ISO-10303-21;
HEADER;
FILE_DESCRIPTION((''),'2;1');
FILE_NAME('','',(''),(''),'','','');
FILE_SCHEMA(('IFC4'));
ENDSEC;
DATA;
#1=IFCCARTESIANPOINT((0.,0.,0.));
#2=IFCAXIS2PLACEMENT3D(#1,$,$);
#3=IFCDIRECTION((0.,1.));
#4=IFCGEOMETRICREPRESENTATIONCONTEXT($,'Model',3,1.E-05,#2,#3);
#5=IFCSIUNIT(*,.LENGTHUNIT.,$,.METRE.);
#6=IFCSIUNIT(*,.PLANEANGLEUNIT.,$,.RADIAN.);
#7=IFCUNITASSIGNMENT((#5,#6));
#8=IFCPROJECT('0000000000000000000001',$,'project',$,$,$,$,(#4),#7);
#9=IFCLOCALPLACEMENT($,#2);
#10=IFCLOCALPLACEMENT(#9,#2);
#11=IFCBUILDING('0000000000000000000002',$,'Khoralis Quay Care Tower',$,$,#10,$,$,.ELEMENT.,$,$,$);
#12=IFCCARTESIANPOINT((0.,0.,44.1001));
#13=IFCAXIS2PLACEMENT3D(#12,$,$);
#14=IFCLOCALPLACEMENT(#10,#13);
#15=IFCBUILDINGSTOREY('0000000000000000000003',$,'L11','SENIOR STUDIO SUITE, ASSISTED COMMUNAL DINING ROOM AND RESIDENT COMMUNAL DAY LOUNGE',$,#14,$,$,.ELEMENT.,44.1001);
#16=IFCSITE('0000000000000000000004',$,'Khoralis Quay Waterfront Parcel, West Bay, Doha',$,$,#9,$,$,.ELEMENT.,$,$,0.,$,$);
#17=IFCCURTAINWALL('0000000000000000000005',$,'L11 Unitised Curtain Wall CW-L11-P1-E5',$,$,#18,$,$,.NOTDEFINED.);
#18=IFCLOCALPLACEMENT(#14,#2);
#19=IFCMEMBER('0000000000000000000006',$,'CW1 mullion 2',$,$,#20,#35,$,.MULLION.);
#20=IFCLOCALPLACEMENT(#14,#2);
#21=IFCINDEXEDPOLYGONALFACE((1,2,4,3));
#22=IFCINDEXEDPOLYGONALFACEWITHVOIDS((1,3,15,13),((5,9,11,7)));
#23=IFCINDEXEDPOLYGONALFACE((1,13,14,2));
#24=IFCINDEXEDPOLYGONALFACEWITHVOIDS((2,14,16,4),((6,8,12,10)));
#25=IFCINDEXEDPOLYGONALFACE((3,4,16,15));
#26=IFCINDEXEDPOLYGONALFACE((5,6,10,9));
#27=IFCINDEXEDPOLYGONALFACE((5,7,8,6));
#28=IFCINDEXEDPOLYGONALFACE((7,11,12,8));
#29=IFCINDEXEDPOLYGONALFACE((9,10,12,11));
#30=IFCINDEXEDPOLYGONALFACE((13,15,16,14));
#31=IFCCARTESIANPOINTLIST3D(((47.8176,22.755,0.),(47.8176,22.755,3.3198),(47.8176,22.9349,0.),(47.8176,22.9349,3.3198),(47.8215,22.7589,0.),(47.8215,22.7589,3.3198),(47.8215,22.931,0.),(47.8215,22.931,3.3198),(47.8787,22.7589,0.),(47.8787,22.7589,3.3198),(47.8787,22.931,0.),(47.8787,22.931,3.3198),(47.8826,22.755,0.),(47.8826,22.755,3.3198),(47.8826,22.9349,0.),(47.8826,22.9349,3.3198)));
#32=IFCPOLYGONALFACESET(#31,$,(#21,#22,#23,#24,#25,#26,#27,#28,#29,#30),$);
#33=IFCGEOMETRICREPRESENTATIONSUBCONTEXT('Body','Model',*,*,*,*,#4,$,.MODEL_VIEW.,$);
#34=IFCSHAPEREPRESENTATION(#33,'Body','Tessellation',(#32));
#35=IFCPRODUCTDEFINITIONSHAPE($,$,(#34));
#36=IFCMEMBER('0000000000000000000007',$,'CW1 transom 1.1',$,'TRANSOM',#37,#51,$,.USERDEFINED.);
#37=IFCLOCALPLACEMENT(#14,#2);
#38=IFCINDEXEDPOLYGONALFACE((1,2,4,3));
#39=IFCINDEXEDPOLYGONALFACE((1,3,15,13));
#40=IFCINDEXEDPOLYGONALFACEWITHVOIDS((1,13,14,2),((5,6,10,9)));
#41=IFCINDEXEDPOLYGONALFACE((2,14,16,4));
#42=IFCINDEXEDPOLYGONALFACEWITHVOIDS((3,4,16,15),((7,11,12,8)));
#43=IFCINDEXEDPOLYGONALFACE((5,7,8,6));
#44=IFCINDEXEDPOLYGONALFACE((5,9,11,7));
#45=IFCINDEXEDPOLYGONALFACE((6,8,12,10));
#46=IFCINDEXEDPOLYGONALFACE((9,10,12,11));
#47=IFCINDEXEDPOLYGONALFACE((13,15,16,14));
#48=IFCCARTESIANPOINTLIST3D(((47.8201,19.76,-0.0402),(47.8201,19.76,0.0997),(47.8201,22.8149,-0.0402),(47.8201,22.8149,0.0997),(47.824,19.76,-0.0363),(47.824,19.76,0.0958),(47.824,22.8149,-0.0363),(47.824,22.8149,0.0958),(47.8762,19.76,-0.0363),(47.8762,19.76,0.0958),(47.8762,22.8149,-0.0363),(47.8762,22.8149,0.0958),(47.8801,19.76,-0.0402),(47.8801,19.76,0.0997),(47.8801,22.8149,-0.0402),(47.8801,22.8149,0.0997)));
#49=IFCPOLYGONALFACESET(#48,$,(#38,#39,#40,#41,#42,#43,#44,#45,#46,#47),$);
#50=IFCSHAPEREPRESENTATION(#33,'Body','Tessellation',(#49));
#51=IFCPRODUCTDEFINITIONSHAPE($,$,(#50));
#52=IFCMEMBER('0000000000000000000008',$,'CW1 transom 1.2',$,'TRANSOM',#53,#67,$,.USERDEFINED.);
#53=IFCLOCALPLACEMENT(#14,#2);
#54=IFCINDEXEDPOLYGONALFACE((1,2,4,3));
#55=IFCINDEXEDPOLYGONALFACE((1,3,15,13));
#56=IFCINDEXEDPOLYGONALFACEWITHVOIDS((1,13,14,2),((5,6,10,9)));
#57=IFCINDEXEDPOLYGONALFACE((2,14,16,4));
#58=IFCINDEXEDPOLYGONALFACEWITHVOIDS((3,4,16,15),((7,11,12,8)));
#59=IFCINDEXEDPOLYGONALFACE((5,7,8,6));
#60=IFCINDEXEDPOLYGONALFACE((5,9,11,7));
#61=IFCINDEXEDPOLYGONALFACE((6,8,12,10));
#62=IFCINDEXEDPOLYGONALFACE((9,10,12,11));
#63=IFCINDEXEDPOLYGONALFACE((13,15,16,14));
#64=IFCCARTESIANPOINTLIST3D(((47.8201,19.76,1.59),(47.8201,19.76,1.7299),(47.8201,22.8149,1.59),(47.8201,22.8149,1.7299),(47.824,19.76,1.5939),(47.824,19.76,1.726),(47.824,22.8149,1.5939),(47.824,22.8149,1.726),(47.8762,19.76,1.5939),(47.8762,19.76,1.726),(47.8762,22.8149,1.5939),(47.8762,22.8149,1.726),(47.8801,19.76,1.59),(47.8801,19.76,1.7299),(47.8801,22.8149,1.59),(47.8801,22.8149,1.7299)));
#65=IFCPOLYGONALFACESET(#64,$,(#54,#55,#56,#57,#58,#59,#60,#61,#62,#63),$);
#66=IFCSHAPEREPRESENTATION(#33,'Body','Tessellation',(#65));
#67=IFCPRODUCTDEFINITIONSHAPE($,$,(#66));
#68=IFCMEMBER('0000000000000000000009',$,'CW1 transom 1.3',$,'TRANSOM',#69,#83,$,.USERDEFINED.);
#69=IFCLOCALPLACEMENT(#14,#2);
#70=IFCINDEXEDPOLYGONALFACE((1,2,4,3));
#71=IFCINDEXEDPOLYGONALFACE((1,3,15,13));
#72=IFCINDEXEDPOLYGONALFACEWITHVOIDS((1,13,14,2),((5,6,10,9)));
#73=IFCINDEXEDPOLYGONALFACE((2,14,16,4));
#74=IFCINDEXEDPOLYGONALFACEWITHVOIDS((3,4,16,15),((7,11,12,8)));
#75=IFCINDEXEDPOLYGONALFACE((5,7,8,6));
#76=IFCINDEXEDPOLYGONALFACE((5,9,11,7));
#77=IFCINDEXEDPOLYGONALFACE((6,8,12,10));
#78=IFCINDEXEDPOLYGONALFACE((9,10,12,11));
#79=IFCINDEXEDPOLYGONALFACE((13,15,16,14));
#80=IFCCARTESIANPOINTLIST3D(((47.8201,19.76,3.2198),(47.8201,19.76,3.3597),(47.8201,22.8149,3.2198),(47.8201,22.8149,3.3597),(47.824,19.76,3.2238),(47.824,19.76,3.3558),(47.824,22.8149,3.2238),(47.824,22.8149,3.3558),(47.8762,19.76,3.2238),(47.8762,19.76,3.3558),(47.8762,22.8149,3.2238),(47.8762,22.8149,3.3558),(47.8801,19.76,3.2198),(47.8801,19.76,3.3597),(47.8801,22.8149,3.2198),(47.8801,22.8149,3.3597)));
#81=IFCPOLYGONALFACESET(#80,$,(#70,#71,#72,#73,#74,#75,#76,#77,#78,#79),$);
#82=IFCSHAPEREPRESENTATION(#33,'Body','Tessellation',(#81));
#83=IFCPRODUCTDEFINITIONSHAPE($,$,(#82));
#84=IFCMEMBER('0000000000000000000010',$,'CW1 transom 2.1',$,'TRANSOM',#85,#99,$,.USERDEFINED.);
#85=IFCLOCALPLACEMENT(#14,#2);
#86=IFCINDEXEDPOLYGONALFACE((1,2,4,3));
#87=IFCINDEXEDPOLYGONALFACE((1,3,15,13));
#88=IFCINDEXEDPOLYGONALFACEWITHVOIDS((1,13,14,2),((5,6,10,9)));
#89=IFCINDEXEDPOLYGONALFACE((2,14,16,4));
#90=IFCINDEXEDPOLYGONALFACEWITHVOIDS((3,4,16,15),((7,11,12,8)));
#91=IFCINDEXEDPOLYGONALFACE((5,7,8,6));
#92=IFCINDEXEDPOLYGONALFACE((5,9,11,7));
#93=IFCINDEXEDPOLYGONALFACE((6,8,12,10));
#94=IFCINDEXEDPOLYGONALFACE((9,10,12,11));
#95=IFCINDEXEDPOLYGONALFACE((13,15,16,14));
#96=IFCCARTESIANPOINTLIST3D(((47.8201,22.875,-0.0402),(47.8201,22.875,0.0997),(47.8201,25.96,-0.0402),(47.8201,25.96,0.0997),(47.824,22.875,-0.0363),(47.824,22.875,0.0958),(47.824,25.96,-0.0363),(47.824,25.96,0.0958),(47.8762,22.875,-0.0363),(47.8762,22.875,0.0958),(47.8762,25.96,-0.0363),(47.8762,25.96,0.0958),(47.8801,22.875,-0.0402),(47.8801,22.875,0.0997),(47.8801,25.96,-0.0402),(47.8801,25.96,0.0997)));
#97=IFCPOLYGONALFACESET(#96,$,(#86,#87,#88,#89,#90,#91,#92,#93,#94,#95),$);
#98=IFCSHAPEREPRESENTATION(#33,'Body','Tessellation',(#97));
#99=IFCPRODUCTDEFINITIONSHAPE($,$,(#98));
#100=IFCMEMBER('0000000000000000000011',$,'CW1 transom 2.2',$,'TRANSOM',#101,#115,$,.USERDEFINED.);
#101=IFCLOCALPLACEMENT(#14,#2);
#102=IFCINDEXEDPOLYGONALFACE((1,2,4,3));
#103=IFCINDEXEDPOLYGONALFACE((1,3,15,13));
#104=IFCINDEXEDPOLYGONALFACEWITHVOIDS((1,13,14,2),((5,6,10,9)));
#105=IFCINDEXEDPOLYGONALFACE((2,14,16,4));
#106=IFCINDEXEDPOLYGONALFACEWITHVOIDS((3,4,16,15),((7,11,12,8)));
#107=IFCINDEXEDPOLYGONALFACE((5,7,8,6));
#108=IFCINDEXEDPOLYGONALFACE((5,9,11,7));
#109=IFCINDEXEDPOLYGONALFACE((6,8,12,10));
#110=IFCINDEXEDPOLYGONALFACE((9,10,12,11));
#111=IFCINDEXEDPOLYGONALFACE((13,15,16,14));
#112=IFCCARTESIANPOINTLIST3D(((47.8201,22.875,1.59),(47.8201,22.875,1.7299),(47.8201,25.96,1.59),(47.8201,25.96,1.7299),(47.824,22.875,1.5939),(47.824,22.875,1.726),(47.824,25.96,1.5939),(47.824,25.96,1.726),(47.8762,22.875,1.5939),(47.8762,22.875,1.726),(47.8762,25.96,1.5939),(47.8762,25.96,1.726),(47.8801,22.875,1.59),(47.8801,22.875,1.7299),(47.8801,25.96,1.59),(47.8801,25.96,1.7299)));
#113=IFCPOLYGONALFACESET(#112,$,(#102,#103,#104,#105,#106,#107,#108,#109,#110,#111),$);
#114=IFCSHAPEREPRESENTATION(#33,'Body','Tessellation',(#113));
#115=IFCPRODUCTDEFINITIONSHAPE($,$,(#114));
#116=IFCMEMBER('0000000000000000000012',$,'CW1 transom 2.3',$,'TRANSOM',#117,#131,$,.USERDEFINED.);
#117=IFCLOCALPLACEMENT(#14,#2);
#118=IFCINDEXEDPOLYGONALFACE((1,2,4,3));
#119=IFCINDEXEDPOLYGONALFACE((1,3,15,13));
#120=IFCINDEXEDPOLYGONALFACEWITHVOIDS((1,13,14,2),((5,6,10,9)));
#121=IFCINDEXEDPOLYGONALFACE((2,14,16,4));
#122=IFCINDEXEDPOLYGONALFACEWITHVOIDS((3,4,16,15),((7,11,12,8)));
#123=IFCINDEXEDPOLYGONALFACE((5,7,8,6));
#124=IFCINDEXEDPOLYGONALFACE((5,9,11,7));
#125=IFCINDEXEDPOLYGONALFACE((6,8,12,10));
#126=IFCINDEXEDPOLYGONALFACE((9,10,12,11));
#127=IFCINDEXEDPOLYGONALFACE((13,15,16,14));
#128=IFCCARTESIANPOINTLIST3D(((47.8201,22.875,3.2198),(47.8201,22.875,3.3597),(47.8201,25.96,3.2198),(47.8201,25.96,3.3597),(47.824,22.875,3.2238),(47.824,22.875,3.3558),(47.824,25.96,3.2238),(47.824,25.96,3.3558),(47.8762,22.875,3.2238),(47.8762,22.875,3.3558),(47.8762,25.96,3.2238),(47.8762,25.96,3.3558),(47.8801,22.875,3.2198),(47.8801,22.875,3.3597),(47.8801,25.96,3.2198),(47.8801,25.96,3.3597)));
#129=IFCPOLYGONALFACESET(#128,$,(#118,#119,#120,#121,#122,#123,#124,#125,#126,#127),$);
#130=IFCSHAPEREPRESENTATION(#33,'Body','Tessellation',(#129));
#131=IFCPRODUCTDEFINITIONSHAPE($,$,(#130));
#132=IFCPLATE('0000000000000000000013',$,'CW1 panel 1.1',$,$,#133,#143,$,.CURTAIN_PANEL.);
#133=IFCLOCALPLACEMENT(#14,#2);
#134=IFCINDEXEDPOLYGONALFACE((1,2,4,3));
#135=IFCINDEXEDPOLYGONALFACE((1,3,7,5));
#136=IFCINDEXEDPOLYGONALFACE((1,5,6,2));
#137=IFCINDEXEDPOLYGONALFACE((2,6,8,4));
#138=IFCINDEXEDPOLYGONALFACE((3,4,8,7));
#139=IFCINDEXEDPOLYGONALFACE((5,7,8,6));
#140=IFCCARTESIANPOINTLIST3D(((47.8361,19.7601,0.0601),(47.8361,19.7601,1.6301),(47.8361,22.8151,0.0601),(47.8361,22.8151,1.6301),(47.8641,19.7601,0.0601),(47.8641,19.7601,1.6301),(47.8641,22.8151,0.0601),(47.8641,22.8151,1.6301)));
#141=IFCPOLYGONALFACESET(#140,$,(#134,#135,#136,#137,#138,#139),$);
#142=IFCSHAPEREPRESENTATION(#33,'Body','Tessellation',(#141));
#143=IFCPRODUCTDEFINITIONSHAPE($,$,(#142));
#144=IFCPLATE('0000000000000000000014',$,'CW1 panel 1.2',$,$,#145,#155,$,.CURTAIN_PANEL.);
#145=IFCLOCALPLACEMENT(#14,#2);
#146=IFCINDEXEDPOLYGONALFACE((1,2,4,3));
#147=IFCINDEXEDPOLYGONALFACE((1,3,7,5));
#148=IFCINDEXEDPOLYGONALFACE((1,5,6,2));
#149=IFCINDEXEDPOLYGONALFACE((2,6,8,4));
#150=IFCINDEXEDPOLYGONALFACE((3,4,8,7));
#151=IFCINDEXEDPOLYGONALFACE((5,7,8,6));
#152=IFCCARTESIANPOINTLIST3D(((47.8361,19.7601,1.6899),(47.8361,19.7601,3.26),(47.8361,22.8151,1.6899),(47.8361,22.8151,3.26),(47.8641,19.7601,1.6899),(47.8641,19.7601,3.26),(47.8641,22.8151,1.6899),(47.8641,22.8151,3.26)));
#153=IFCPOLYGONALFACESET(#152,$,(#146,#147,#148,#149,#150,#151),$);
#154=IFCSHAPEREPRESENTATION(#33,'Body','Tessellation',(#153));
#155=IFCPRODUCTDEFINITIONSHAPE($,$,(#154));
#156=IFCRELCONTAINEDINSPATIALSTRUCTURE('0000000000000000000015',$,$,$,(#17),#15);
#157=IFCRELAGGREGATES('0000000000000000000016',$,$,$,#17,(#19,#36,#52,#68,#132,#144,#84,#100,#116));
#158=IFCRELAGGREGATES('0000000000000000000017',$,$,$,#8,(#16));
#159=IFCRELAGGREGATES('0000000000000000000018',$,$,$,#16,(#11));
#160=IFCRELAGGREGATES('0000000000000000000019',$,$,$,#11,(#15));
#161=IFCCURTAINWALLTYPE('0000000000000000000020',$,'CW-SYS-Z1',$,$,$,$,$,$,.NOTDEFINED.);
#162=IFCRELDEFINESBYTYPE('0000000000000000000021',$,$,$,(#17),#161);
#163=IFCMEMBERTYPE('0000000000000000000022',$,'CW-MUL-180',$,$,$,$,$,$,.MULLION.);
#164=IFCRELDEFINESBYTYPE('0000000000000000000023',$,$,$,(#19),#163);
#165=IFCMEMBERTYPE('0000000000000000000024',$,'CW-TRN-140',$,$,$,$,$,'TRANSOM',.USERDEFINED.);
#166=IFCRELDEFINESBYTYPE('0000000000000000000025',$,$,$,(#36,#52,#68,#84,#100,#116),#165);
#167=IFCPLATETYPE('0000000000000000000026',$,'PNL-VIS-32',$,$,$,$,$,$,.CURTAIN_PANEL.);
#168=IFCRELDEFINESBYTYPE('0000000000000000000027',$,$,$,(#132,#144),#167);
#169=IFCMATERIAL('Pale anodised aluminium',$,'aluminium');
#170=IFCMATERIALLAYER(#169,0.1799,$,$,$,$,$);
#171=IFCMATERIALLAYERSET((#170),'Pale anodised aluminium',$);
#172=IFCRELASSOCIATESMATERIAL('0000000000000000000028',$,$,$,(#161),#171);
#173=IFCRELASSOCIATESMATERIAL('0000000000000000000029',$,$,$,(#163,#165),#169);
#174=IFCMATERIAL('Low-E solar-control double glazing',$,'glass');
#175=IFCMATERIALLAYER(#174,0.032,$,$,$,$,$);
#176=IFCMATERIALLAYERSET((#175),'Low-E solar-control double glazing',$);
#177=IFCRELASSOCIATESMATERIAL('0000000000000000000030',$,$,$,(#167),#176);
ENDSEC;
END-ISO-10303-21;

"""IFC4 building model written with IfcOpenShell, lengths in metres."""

from ifc_helpers import new_model, si_unit, direction, frame, origin, origin_2d, place, context, subcontext, project, spatial, rectangle, hollow_rectangle, extrude, source, transform, mapped, material, layer, layer_set, material_profile, profile_set, type_object, element, aggregate, save


model = new_model("IFC4")

# Units and contexts
model_context = context("Model", 3, precision=1e-05, world=origin(), true_north=direction((0.0, 1.0)))
body_context = subcontext(model_context, "Body", "Model", "MODEL_VIEW")
ifc_project = project(units=[si_unit("LENGTHUNIT", "METRE"), si_unit("PLANEANGLEUNIT", "RADIAN")], contexts=[model_context])

# Site, building, storey
site_placement = place(None, origin())
site = spatial("IfcSite", under=ifc_project, at=site_placement, Name="Khoralis Quay Waterfront Parcel, West Bay, Doha", CompositionType="ELEMENT", RefElevation=0.0)
building_placement = place(site_placement, origin())
building = spatial("IfcBuilding", under=site, at=building_placement, Name="Khoralis Quay Care Tower", CompositionType="ELEMENT")
storey_placement = place(building_placement, frame((0.0, 0.0, 44.1001)))
storey = spatial("IfcBuildingStorey", under=building, at=storey_placement, Name="L11", Description="SENIOR STUDIO SUITE, ASSISTED COMMUNAL DINING ROOM AND RESIDENT COMMUNAL DAY LOUNGE", CompositionType="ELEMENT", Elevation=44.1001)

# Curtain wall, members, plates
ifc_material_1 = material(Name="Pale anodised aluminium", Category="aluminium")
ifc_layer_1 = layer(ifc_material_1, 0.1799)
ifc_layer_set_1 = layer_set([ifc_layer_1], Name="Pale anodised aluminium")
curtain_wall_type = type_object("IfcCurtainWallType", Name="CW-SYS-Z1", PredefinedType="NOTDEFINED", material=ifc_layer_set_1)
curtain_wall_placement = place(storey_placement, origin())
curtain_wall = element("IfcCurtainWall", 1, at=curtain_wall_placement, inside=storey, type_object=curtain_wall_type, Name="L11 Unitised Curtain Wall CW-L11-P1-E5", PredefinedType="NOTDEFINED")
ifc_material_profile_1 = material_profile(ifc_material_1, hollow_rectangle(XDim=0.0649, YDim=0.1799, WallThickness=0.0039, at=origin_2d()), Name="Pale anodised aluminium")
ifc_profile_set_1 = profile_set([ifc_material_profile_1], Name="Pale anodised aluminium")
member_type_1 = type_object("IfcMemberType", Name="CW-MUL-180", PredefinedType="MULLION", material=ifc_profile_set_1)
shared_shape_1 = source(origin(), body_context, "Body", "SweptSolid", [
    extrude(hollow_rectangle(XDim=0.0649, YDim=0.1799, WallThickness=0.0039, at=origin_2d()), origin(), (0.0, 0.0, 1.0), 3.3198),
])
member_1_placement = place(storey_placement, frame((47.8501, 22.845, 0.0), z_axis=(0.0, 0.0, 1.0), x_axis=(-1.0, 0.0, 0.0)))
member_1 = element("IfcMember", 2, at=member_1_placement, type_object=member_type_1, Name="CW1 mullion 2", PredefinedType="MULLION", context=body_context, shape_type="MappedRepresentation", body=[
    mapped(shared_shape_1, transform((0.0, 0.0, 0.0), scale=1.0)),
])
ifc_material_profile_2 = material_profile(ifc_material_1, hollow_rectangle(XDim=0.0601, YDim=0.1399, WallThickness=0.0039, at=origin_2d()), Name="Pale anodised aluminium")
ifc_profile_set_2 = profile_set([ifc_material_profile_2], Name="Pale anodised aluminium")
member_type_2 = type_object("IfcMemberType", Name="CW-TRN-140", ElementType="TRANSOM", PredefinedType="USERDEFINED", material=ifc_profile_set_2)
shared_shape_2 = source(origin(), body_context, "Body", "SweptSolid", [
    extrude(hollow_rectangle(XDim=0.0601, YDim=0.1399, WallThickness=0.0039, at=origin_2d()), origin(), (0.0, 0.0, 1.0), 3.0549),
])
member_2_placement = place(storey_placement, frame((47.8501, 19.76, 0.0298), z_axis=(0.0, 1.0, 0.0), x_axis=(-1.0, 0.0, 0.0)))
member_2 = element("IfcMember", 3, at=member_2_placement, type_object=member_type_2, Name="CW1 transom 1.1", ObjectType="TRANSOM", PredefinedType="USERDEFINED", context=body_context, shape_type="MappedRepresentation", body=[
    mapped(shared_shape_2, transform((0.0, 0.0, 0.0), scale=1.0)),
])
member_3_placement = place(storey_placement, frame((47.8501, 19.76, 1.6599), z_axis=(0.0, 1.0, 0.0), x_axis=(-1.0, 0.0, 0.0)))
member_3 = element("IfcMember", 4, at=member_3_placement, type_object=member_type_2, Name="CW1 transom 1.2", ObjectType="TRANSOM", PredefinedType="USERDEFINED", context=body_context, shape_type="MappedRepresentation", body=[
    mapped(shared_shape_2, transform((0.0, 0.0, 0.0), scale=1.0)),
])
member_4_placement = place(storey_placement, frame((47.8501, 19.76, 3.2898), z_axis=(0.0, 1.0, 0.0), x_axis=(-1.0, 0.0, 0.0)))
member_4 = element("IfcMember", 5, at=member_4_placement, type_object=member_type_2, Name="CW1 transom 1.3", ObjectType="TRANSOM", PredefinedType="USERDEFINED", context=body_context, shape_type="MappedRepresentation", body=[
    mapped(shared_shape_2, transform((0.0, 0.0, 0.0), scale=1.0)),
])
shared_shape_3 = source(origin(), body_context, "Body", "SweptSolid", [
    extrude(hollow_rectangle(XDim=0.0601, YDim=0.1399, WallThickness=0.0039, at=origin_2d()), origin(), (0.0, 0.0, 1.0), 3.085),
])
member_5_placement = place(storey_placement, frame((47.8501, 22.875, 0.0298), z_axis=(0.0, 1.0, 0.0), x_axis=(-1.0, 0.0, 0.0)))
member_5 = element("IfcMember", 6, at=member_5_placement, type_object=member_type_2, Name="CW1 transom 2.1", ObjectType="TRANSOM", PredefinedType="USERDEFINED", context=body_context, shape_type="MappedRepresentation", body=[
    mapped(shared_shape_3, transform((0.0, 0.0, 0.0), scale=1.0)),
])
member_6_placement = place(storey_placement, frame((47.8501, 22.875, 1.6599), z_axis=(0.0, 1.0, 0.0), x_axis=(-1.0, 0.0, 0.0)))
member_6 = element("IfcMember", 7, at=member_6_placement, type_object=member_type_2, Name="CW1 transom 2.2", ObjectType="TRANSOM", PredefinedType="USERDEFINED", context=body_context, shape_type="MappedRepresentation", body=[
    mapped(shared_shape_3, transform((0.0, 0.0, 0.0), scale=1.0)),
])
member_7_placement = place(storey_placement, frame((47.8501, 22.875, 3.2898), z_axis=(0.0, 1.0, 0.0), x_axis=(-1.0, 0.0, 0.0)))
member_7 = element("IfcMember", 8, at=member_7_placement, type_object=member_type_2, Name="CW1 transom 2.3", ObjectType="TRANSOM", PredefinedType="USERDEFINED", context=body_context, shape_type="MappedRepresentation", body=[
    mapped(shared_shape_3, transform((0.0, 0.0, 0.0), scale=1.0)),
])
ifc_material_2 = material(Name="Low-E solar-control double glazing", Category="glass")
ifc_layer_2 = layer(ifc_material_2, 0.032)
ifc_layer_set_2 = layer_set([ifc_layer_2], Name="Low-E solar-control double glazing")
plate_type = type_object("IfcPlateType", Name="PNL-VIS-32", PredefinedType="CURTAIN_PANEL", material=ifc_layer_set_2)
shared_shape_4 = source(origin(), body_context, "Body", "SweptSolid", [
    extrude(rectangle(XDim=3.0549, YDim=0.0281, at=origin_2d()), origin(), (0.0, 0.0, 1.0), 1.5701),
])
plate_1_placement = place(storey_placement, frame((47.8501, 21.2876, 0.0601), z_axis=(0.0, 0.0, 1.0), x_axis=(0.0, 1.0, 0.0)))
plate_1 = element("IfcPlate", 9, at=plate_1_placement, type_object=plate_type, Name="CW1 panel 1.1", PredefinedType="CURTAIN_PANEL", context=body_context, shape_type="MappedRepresentation", body=[
    mapped(shared_shape_4, transform((0.0, 0.0, 0.0), scale=1.0)),
])
plate_2_placement = place(storey_placement, frame((47.8501, 21.2876, 1.6899), z_axis=(0.0, 0.0, 1.0), x_axis=(0.0, 1.0, 0.0)))
plate_2 = element("IfcPlate", 10, at=plate_2_placement, type_object=plate_type, Name="CW1 panel 1.2", PredefinedType="CURTAIN_PANEL", context=body_context, shape_type="MappedRepresentation", body=[
    mapped(shared_shape_4, transform((0.0, 0.0, 0.0), scale=1.0)),
])
aggregate(curtain_wall, [member_1, member_2, member_3, member_4, plate_1, plate_2, member_5, member_6, member_7])

save(model, "model.ifc")
